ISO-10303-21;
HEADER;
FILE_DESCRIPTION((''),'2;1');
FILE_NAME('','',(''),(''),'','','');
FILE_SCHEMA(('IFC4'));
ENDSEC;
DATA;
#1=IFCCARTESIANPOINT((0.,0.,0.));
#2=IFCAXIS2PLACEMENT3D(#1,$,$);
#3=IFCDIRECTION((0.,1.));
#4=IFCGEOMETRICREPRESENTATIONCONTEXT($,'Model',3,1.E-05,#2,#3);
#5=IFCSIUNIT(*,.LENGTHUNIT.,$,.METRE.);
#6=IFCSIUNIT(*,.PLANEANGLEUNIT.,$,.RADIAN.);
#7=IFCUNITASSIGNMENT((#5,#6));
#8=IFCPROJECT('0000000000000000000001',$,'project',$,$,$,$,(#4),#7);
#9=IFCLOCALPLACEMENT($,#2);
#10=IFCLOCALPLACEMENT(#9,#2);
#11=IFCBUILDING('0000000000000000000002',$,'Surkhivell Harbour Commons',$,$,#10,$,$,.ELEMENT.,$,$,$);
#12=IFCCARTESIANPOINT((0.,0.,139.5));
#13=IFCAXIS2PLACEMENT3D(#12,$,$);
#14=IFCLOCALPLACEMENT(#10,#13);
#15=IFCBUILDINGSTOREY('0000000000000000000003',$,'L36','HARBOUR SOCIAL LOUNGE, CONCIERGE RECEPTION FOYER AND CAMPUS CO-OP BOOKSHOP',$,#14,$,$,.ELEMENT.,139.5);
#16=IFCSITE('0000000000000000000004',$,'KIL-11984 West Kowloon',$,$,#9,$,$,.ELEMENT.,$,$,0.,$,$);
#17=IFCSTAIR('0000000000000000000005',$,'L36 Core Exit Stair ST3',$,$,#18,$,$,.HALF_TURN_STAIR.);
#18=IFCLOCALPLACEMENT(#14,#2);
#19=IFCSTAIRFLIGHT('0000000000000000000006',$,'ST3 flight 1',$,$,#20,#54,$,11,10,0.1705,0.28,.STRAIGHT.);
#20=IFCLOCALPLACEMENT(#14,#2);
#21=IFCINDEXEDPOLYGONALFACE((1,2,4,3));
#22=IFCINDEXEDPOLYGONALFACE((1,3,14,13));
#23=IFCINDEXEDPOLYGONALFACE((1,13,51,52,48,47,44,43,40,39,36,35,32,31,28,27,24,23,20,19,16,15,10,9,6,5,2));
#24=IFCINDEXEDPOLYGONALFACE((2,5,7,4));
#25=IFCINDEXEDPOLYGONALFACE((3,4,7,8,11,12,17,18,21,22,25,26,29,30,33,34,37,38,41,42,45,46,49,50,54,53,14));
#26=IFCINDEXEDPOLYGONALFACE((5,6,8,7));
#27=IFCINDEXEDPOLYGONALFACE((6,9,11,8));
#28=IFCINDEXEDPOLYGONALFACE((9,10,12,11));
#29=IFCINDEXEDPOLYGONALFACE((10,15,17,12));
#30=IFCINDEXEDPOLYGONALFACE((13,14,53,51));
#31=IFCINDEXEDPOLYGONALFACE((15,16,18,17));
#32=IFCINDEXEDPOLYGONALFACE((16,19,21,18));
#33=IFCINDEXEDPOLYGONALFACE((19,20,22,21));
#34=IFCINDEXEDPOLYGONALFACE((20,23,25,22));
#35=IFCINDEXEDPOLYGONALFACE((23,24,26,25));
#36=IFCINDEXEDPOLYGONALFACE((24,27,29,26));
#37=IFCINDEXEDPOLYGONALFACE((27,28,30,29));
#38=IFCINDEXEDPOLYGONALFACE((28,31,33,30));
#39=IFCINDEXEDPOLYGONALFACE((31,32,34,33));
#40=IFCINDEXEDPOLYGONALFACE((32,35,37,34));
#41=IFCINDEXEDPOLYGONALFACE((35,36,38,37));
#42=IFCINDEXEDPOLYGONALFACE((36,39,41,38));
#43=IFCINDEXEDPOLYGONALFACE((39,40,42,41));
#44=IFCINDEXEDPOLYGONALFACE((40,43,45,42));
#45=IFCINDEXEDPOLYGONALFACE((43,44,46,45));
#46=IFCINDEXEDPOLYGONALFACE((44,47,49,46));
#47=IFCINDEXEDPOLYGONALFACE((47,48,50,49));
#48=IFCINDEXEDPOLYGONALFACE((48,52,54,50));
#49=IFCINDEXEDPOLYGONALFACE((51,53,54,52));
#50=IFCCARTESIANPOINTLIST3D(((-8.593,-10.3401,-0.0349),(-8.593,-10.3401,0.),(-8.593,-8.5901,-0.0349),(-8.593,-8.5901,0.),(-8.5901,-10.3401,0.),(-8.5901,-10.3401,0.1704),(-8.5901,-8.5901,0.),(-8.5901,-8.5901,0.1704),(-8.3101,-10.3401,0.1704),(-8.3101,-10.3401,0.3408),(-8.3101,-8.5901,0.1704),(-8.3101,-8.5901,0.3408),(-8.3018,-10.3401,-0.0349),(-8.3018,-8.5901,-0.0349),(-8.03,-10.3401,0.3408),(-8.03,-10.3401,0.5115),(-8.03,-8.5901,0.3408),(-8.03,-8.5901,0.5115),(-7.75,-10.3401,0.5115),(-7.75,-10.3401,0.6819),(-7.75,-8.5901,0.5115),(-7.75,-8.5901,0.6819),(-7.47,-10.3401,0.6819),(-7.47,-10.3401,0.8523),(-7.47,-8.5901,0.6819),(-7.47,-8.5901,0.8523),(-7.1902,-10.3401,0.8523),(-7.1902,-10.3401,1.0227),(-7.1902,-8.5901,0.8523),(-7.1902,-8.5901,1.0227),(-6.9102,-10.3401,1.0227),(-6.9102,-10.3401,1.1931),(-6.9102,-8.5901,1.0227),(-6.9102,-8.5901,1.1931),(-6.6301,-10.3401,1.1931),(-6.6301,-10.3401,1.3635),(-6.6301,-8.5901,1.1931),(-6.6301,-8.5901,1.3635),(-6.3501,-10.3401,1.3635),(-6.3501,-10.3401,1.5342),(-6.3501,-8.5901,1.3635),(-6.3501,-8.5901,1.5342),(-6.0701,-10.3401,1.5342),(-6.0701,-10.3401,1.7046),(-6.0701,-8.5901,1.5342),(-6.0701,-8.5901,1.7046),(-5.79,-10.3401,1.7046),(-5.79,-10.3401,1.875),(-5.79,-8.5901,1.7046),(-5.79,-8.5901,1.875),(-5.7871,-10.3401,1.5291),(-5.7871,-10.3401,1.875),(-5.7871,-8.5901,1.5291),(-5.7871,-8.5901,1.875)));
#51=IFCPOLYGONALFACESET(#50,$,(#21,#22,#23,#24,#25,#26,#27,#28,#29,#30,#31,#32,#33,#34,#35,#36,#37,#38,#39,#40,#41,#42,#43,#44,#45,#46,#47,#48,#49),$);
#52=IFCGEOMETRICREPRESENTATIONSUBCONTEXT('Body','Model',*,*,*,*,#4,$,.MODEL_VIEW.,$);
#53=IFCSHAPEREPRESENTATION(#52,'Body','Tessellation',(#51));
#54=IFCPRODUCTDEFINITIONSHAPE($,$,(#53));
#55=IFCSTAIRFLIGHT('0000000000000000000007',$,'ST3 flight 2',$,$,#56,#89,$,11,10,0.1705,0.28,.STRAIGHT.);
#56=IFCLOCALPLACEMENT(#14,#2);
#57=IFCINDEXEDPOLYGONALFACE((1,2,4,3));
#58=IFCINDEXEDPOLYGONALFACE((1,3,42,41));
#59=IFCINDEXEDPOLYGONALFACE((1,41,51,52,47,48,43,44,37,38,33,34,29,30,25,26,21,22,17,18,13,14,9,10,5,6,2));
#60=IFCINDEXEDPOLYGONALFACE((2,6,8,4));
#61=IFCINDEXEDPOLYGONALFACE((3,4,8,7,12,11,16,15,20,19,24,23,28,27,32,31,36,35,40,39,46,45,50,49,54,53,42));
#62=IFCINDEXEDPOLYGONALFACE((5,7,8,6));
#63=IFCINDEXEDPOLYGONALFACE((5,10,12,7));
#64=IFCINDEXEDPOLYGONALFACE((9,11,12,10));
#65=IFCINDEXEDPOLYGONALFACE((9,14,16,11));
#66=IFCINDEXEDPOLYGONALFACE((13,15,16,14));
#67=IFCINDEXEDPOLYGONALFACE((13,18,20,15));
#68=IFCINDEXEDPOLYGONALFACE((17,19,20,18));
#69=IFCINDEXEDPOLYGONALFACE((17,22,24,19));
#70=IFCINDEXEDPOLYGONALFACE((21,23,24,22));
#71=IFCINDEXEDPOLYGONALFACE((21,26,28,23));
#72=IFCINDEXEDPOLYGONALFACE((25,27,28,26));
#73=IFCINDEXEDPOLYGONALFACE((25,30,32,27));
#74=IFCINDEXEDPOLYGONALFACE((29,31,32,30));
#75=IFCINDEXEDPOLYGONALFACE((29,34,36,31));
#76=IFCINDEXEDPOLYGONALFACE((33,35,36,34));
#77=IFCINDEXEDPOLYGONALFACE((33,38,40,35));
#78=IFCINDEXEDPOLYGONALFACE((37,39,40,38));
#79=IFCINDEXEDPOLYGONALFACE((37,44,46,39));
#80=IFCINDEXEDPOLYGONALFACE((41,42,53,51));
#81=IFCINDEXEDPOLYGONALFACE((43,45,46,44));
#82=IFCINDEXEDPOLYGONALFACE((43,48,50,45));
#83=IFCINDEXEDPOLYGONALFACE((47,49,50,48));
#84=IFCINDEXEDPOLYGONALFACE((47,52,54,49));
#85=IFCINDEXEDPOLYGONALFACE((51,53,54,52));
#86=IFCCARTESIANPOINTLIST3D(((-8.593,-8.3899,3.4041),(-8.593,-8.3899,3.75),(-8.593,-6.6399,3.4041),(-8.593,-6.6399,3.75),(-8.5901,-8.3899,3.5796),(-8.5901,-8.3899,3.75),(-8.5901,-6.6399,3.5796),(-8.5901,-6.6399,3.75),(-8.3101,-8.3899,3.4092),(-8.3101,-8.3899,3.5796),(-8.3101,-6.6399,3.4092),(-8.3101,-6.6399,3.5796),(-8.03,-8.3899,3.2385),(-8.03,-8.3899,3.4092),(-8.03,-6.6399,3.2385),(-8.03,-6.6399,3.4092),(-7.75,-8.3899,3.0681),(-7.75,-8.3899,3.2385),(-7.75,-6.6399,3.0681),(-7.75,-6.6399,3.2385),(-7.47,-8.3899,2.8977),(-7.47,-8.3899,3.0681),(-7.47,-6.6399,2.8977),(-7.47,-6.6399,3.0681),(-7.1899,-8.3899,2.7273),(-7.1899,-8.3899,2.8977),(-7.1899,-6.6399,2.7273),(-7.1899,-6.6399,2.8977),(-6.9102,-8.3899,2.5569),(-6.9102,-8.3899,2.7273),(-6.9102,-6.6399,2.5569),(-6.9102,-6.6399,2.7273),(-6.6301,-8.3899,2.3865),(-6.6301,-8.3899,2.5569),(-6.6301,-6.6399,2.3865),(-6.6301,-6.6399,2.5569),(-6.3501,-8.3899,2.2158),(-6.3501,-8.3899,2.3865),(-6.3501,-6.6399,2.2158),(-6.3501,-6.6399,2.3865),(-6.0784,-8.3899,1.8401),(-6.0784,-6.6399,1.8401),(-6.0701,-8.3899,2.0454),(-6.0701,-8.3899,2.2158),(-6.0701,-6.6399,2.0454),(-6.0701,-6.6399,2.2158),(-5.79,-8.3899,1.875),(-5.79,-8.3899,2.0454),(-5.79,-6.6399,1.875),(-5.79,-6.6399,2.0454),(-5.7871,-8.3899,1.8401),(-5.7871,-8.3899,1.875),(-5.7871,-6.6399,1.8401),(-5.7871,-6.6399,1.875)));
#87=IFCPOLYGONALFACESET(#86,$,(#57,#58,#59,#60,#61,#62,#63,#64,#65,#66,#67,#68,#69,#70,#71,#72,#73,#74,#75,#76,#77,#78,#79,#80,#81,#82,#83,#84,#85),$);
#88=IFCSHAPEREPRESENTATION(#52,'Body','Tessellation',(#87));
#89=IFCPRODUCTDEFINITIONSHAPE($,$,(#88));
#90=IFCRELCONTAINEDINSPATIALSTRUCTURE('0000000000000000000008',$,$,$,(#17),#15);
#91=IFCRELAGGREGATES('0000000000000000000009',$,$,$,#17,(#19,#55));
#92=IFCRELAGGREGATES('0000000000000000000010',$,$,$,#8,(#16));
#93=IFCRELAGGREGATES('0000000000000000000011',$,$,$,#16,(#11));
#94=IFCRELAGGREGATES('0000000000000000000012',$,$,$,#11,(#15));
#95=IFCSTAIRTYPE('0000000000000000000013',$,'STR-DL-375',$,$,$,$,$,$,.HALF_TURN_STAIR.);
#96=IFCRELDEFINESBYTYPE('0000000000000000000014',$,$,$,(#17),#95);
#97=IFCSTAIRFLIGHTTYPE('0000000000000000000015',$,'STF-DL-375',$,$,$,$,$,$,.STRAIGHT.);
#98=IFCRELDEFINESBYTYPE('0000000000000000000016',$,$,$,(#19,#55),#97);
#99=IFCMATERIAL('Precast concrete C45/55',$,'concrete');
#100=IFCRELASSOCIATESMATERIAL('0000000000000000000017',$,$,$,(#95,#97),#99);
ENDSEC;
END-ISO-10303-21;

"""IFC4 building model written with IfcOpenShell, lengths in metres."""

from ifc_helpers import new_model, si_unit, direction, frame, origin, place, context, subcontext, project, spatial, polyline, outline, extrude, material, type_object, element, aggregate, save


model = new_model("IFC4")

# Units and contexts
model_context = context("Model", 3, precision=1e-05, world=origin(), true_north=direction((0.0, 1.0)))
body_context = subcontext(model_context, "Body", "Model", "MODEL_VIEW")
ifc_project = project(units=[si_unit("LENGTHUNIT", "METRE"), si_unit("PLANEANGLEUNIT", "RADIAN")], contexts=[model_context])

# Site, building, storey
site_placement = place(None, origin())
site = spatial("IfcSite", under=ifc_project, at=site_placement, Name="KIL-11984 West Kowloon", CompositionType="ELEMENT", RefElevation=0.0)
building_placement = place(site_placement, origin())
building = spatial("IfcBuilding", under=site, at=building_placement, Name="Surkhivell Harbour Commons", CompositionType="ELEMENT")
storey_placement = place(building_placement, frame((0.0, 0.0, 139.5)))
storey = spatial("IfcBuildingStorey", under=building, at=storey_placement, Name="L36", Description="HARBOUR SOCIAL LOUNGE, CONCIERGE RECEPTION FOYER AND CAMPUS CO-OP BOOKSHOP", CompositionType="ELEMENT", Elevation=139.5)

# Stair, stair flights
ifc_material_1 = material(Name="Precast concrete C45/55", Category="concrete")
stair_type = type_object("IfcStairType", Name="STR-DL-375", PredefinedType="HALF_TURN_STAIR", material=ifc_material_1)
stair_placement = place(storey_placement, origin())
stair = element("IfcStair", 1, at=stair_placement, inside=storey, type_object=stair_type, Name="L36 Core Exit Stair ST3", PredefinedType="HALF_TURN_STAIR")
stair_flight_type = type_object("IfcStairFlightType", Name="STF-DL-375", PredefinedType="STRAIGHT", material=ifc_material_1)
stair_flight_1_placement = place(storey_placement, frame((-8.5901, -9.4651, 0.0), z_axis=(0.0, 0.0, 1.0), x_axis=(1.0, 0.0, 0.0)))
stair_flight_1 = element("IfcStairFlight", 2, at=stair_flight_1_placement, type_object=stair_flight_type, Name="ST3 flight 1", NumberOfRisers=11, NumberOfTreads=10, PredefinedType="STRAIGHT", RiserHeight=0.1705, TreadLength=0.28, context=body_context, shape_type="SweptSolid", body=[
    extrude(outline(polyline([(-0.0029, -0.0349), (-0.0029, 0.0), (0.0, 0.0), (0.0, 0.1704), (0.28, 0.1704), (0.28, 0.3408), (0.5601, 0.3408), (0.5601, 0.5115), (0.8401, 0.5115), (0.8401, 0.6819), (1.1201, 0.6819), (1.1201, 0.8523), (1.3999, 0.8523), (1.3999, 1.0227), (1.6799, 1.0227), (1.6799, 1.1931), (1.96, 1.1931), (1.96, 1.3635), (2.24, 1.3635), (2.24, 1.5342), (2.52, 1.5342), (2.52, 1.7046), (2.8, 1.7046), (2.8, 1.875), (2.803, 1.875), (2.803, 1.5291), (0.2883, -0.0349), (-0.0029, -0.0349)])), frame((0.0, 0.875, 0.0), z_axis=(0.0, -1.0, 0.0), x_axis=(1.0, 0.0, 0.0)), (0.0, 0.0, 1.0), 1.75),
])
stair_flight_2_placement = place(storey_placement, frame((-5.79, -7.5149, 1.875), z_axis=(0.0, 0.0, 1.0), x_axis=(-1.0, 0.0, 0.0)))
stair_flight_2 = element("IfcStairFlight", 3, at=stair_flight_2_placement, type_object=stair_flight_type, Name="ST3 flight 2", NumberOfRisers=11, NumberOfTreads=10, PredefinedType="STRAIGHT", RiserHeight=0.1705, TreadLength=0.28, context=body_context, shape_type="SweptSolid", body=[
    extrude(outline(polyline([(-0.0029, -0.0349), (-0.0029, 0.0), (0.0, 0.0), (0.0, 0.1704), (0.28, 0.1704), (0.28, 0.3408), (0.5601, 0.3408), (0.5601, 0.5115), (0.8401, 0.5115), (0.8401, 0.6819), (1.1201, 0.6819), (1.1201, 0.8523), (1.3999, 0.8523), (1.3999, 1.0227), (1.6799, 1.0227), (1.6799, 1.1931), (1.96, 1.1931), (1.96, 1.3635), (2.24, 1.3635), (2.24, 1.5342), (2.52, 1.5342), (2.52, 1.7046), (2.8, 1.7046), (2.8, 1.875), (2.803, 1.875), (2.803, 1.5291), (0.2883, -0.0349), (-0.0029, -0.0349)])), frame((0.0, 0.875, 0.0), z_axis=(0.0, -1.0, 0.0), x_axis=(1.0, 0.0, 0.0)), (0.0, 0.0, 1.0), 1.75),
])
aggregate(stair, [stair_flight_1, stair_flight_2])

save(model, "model.ifc")
